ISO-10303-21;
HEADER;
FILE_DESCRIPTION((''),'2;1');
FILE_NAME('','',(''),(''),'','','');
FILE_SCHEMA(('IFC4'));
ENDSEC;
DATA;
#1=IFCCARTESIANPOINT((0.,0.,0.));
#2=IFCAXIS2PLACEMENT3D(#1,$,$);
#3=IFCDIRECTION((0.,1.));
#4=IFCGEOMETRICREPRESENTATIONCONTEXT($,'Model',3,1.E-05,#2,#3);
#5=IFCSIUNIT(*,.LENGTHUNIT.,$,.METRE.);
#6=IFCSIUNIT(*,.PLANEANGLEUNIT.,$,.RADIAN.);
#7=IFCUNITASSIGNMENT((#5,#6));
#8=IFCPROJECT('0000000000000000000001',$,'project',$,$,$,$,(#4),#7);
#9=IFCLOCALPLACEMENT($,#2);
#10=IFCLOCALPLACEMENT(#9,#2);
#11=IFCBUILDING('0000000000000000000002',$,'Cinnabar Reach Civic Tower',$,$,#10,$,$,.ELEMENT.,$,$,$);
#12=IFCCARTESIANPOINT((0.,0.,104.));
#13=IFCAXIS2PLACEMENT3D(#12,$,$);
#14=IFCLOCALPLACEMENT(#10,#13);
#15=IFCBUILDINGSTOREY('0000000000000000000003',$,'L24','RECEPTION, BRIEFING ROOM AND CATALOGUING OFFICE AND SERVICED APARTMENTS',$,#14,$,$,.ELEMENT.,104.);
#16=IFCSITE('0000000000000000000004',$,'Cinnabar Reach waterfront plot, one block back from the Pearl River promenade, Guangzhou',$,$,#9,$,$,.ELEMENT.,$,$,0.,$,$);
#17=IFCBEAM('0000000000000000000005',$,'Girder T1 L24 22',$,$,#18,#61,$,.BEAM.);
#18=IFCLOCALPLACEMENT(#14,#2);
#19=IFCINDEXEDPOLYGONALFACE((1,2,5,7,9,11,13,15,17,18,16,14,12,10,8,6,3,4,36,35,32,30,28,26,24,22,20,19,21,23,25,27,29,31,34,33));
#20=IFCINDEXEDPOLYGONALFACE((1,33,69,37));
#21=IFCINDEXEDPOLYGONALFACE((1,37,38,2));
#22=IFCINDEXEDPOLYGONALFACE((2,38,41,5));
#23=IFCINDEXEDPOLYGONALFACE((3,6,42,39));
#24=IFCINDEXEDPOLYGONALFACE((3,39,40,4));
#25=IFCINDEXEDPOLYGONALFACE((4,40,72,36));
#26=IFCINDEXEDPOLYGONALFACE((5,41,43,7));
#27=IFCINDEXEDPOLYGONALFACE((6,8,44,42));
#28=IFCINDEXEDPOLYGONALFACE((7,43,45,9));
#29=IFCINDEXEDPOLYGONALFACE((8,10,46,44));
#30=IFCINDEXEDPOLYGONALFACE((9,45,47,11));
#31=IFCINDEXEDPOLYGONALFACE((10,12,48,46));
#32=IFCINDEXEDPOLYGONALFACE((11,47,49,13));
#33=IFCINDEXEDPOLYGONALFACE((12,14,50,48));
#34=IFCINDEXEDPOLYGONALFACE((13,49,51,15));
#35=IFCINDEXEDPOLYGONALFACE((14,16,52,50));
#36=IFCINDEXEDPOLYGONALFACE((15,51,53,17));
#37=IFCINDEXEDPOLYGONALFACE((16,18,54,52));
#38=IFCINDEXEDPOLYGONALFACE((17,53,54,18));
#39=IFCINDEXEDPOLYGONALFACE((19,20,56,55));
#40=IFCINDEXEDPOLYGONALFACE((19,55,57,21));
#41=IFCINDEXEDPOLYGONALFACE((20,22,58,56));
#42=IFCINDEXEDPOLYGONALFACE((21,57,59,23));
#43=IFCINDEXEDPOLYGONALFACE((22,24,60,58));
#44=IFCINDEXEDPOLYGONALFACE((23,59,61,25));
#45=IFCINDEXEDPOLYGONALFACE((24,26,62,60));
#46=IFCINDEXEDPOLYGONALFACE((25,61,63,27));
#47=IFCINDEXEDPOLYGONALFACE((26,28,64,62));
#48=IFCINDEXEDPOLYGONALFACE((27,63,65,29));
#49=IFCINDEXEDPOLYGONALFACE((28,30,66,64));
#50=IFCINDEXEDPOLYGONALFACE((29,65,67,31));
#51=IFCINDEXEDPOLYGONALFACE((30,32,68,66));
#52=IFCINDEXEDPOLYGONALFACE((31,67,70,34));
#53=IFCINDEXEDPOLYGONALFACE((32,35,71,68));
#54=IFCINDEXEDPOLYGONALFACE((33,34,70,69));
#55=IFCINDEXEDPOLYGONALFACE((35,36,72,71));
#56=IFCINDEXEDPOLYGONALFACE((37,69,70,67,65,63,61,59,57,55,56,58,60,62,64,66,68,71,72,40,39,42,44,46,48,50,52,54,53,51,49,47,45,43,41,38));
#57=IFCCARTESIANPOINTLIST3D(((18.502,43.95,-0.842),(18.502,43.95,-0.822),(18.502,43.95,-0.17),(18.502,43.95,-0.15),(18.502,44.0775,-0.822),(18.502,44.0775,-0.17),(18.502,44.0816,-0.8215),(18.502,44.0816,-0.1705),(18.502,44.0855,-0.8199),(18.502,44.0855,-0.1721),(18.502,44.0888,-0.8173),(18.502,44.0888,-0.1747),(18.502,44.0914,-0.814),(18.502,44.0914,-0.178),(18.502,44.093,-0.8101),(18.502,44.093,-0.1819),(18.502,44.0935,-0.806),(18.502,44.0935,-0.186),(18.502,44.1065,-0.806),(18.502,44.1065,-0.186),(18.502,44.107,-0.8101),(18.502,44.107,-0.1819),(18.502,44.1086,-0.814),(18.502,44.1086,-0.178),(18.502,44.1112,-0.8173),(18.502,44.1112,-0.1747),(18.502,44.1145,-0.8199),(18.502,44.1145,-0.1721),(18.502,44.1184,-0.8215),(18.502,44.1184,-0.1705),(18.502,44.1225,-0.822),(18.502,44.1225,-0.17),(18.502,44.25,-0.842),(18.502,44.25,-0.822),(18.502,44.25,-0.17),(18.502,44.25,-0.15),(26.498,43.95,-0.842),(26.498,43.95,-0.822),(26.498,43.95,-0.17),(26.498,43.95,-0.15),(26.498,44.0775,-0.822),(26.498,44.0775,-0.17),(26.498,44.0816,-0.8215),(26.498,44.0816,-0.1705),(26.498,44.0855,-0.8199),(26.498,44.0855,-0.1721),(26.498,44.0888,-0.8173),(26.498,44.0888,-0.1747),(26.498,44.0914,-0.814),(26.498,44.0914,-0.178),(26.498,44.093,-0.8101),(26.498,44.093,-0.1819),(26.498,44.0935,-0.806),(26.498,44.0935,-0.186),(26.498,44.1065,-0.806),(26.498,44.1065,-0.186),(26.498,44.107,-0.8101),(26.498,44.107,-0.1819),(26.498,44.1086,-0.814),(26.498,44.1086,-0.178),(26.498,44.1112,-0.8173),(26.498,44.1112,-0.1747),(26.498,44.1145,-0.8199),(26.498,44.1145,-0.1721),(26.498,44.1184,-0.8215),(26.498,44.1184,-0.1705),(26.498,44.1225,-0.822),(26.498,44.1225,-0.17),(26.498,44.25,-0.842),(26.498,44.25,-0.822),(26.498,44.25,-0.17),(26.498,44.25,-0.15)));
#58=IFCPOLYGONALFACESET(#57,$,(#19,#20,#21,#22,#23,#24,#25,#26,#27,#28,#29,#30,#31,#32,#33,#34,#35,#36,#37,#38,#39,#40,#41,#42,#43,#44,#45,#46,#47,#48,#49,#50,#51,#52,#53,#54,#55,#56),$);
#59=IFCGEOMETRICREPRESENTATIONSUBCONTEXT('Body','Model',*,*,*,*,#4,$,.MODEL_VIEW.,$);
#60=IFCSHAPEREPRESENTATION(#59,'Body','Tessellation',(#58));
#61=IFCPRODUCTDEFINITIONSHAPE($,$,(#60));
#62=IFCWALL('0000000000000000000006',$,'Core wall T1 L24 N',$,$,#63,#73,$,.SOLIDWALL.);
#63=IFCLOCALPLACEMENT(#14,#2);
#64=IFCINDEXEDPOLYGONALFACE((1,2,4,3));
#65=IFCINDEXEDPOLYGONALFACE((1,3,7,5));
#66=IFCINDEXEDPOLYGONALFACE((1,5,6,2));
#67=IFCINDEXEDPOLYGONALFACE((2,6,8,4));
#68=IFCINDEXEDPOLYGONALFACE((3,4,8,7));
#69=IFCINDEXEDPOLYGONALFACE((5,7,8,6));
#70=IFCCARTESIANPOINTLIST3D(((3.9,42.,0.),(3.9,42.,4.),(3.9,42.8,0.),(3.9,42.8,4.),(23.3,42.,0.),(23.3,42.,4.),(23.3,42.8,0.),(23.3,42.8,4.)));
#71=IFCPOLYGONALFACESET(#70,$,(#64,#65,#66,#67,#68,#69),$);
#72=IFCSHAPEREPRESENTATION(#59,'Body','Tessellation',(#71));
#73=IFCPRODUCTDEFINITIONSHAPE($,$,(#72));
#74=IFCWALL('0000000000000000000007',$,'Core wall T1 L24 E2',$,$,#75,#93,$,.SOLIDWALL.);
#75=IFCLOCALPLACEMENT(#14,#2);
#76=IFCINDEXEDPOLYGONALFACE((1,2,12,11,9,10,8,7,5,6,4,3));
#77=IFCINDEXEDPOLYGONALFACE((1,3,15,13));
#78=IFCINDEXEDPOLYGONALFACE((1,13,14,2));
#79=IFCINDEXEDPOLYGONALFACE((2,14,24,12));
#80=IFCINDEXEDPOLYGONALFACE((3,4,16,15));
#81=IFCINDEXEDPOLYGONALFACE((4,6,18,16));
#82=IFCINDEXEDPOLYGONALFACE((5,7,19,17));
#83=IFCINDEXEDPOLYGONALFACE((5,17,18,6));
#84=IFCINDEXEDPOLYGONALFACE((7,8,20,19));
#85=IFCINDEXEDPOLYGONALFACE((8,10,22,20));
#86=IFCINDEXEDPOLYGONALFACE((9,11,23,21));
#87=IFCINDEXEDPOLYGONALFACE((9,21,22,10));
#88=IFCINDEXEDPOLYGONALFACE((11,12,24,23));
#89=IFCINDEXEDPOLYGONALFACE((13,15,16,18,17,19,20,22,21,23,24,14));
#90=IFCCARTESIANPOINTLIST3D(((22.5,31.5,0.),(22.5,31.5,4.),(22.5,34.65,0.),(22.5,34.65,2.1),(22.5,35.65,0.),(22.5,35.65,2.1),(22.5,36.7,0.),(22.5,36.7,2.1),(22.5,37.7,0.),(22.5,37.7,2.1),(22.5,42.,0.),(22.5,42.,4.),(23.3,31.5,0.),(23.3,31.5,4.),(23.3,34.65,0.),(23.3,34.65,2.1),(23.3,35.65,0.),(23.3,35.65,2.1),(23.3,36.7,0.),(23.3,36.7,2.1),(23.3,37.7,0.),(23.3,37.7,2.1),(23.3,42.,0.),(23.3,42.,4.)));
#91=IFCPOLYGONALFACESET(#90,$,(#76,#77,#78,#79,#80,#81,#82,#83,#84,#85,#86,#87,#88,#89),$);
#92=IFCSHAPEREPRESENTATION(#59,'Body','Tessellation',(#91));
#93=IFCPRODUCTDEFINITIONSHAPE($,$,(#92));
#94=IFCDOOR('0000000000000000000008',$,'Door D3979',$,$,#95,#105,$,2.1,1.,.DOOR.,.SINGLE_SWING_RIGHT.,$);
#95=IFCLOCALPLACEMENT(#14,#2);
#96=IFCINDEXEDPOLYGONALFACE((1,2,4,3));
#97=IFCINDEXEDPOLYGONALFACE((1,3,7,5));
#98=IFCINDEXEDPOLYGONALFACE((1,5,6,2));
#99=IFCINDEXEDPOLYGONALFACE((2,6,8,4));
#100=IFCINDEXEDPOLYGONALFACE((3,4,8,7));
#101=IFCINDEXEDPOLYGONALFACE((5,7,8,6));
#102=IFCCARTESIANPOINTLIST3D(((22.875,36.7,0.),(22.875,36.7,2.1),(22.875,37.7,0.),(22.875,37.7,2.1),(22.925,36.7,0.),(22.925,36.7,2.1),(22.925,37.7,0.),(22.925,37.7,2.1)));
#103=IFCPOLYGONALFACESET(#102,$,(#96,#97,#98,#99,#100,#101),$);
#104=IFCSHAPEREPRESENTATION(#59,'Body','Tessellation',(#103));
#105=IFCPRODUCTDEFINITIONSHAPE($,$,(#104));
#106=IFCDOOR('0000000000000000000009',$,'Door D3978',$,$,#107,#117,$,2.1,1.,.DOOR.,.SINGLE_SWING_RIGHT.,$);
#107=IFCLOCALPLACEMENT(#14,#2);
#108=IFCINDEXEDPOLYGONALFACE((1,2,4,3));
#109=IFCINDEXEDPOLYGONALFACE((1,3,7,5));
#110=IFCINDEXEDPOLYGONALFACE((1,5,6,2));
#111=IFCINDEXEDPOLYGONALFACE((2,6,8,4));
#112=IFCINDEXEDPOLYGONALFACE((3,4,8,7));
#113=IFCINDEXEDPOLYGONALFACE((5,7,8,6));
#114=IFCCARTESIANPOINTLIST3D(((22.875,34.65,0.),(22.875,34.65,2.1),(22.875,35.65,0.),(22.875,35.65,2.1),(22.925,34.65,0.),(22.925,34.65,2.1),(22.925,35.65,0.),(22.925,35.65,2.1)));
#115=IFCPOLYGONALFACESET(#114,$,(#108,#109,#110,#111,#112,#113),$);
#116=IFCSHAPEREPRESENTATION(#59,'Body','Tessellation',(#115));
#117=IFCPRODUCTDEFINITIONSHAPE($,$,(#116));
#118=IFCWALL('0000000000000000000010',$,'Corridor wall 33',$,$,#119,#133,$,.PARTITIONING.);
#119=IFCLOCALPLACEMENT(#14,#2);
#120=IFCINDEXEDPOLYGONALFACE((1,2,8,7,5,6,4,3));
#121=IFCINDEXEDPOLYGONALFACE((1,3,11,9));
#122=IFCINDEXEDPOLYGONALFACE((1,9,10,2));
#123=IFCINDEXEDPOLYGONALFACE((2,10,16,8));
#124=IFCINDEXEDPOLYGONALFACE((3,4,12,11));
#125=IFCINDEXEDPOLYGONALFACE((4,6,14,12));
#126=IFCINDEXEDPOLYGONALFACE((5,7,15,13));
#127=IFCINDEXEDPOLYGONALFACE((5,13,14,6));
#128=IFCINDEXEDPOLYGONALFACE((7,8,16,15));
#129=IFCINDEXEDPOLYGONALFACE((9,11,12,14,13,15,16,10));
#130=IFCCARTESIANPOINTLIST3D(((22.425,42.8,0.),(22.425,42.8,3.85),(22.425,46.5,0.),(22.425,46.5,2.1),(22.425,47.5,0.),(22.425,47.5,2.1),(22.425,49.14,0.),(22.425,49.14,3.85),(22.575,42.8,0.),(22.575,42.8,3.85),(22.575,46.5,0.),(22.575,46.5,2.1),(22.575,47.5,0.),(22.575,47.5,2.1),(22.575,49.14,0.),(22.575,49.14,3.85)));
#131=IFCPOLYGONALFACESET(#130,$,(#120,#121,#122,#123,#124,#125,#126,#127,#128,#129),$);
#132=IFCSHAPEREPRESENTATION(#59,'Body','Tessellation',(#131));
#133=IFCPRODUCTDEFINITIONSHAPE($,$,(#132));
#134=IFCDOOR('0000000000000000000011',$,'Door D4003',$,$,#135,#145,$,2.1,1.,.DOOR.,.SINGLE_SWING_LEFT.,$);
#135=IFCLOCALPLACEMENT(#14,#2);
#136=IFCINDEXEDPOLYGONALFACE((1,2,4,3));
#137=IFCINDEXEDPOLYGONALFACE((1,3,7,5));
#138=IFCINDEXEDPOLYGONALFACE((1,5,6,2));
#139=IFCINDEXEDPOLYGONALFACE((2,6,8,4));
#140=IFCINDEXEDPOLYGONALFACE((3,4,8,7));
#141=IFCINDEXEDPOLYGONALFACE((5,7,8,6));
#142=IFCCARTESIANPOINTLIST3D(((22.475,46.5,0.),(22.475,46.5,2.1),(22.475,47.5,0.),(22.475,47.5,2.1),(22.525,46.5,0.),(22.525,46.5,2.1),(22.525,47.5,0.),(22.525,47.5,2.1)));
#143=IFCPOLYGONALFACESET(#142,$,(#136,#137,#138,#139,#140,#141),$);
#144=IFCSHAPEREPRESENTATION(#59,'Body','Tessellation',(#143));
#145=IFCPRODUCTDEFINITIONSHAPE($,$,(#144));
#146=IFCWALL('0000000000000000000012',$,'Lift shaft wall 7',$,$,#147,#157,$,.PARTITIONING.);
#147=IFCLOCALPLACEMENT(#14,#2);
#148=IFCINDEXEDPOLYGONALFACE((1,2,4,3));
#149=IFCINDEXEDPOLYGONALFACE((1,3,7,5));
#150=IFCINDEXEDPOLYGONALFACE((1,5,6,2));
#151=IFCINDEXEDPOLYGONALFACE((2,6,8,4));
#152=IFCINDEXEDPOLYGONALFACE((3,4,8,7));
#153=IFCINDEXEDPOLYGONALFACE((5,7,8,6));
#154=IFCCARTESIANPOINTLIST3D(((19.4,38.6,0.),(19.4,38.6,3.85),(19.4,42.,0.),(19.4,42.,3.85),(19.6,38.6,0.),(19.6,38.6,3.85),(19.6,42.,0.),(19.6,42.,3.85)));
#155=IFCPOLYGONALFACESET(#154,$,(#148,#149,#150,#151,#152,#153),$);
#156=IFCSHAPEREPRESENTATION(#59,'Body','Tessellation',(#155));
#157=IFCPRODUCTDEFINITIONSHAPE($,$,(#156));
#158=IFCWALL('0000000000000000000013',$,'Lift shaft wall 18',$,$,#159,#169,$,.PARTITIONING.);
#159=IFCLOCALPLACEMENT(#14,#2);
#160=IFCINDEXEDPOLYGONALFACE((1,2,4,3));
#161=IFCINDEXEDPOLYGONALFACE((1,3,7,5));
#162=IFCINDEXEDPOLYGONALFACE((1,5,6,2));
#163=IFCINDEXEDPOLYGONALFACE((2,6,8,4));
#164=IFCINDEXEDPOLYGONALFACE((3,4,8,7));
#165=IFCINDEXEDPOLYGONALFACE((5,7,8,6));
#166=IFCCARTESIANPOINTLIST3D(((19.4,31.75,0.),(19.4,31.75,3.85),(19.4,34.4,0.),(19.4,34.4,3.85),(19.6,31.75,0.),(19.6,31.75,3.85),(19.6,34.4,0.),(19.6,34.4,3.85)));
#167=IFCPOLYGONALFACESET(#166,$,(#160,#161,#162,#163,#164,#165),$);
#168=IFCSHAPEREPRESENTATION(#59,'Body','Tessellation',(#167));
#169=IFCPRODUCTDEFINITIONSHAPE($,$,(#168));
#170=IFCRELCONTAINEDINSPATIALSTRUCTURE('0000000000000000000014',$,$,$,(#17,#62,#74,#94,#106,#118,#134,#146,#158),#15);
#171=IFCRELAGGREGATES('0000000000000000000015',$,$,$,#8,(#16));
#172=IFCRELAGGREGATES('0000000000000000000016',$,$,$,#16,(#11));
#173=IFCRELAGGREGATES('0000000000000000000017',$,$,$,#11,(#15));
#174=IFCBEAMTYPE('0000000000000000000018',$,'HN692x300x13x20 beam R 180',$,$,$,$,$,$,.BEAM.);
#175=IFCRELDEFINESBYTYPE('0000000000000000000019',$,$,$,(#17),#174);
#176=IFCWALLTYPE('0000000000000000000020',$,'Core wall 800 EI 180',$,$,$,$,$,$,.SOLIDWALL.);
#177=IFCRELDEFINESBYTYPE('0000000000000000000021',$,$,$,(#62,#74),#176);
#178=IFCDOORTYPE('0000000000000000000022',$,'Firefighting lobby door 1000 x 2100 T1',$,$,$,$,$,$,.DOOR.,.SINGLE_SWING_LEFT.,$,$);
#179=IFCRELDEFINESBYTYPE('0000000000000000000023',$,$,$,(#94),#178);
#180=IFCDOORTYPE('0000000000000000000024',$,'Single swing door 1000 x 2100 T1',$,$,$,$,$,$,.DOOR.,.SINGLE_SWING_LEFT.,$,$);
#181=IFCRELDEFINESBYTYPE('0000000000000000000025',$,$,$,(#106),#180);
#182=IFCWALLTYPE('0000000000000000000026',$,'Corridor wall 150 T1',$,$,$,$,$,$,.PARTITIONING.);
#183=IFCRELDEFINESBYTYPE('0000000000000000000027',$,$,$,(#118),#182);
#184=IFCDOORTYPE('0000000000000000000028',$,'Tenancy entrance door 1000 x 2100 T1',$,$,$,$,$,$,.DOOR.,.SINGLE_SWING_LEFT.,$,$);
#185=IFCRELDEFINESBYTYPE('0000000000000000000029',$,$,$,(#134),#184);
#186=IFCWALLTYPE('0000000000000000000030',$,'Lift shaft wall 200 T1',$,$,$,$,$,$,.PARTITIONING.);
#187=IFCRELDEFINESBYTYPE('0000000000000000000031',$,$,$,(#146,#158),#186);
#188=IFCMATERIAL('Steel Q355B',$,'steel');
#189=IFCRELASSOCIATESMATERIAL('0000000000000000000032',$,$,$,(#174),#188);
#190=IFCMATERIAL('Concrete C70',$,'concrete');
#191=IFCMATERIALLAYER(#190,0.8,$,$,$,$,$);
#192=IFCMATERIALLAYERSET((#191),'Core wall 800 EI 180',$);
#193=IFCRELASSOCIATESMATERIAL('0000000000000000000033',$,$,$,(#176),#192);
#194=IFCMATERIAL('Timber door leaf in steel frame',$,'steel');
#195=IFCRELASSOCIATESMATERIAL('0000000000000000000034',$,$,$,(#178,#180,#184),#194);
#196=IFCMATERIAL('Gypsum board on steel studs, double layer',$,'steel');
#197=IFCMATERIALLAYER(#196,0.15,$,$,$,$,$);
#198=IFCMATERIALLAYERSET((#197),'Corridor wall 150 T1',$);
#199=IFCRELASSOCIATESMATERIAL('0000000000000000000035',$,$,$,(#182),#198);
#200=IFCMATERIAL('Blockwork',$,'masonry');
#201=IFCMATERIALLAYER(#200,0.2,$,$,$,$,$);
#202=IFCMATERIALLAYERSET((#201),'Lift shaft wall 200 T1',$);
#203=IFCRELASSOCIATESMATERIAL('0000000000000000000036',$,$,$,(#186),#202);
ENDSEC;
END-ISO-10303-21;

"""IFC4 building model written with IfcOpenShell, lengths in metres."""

from ifc_helpers import new_model, si_unit, direction, frame, frame_2d, origin, origin_2d, place, context, subcontext, project, spatial, rectangle, i_section, extrude, material, layer, layer_set, material_profile, profile_set, type_object, element, fill, save


model = new_model("IFC4")

# Units and contexts
model_context = context("Model", 3, precision=1e-05, world=origin(), true_north=direction((0.0, 1.0)))
body_context = subcontext(model_context, "Body", "Model", "MODEL_VIEW")
ifc_project = project(units=[si_unit("LENGTHUNIT", "METRE"), si_unit("PLANEANGLEUNIT", "RADIAN")], contexts=[model_context])

# Site, building, storey
site_placement = place(None, origin())
site = spatial("IfcSite", under=ifc_project, at=site_placement, Name="Cinnabar Reach waterfront plot, one block back from the Pearl River promenade, Guangzhou", CompositionType="ELEMENT", RefElevation=0.0)
building_placement = place(site_placement, origin())
building = spatial("IfcBuilding", under=site, at=building_placement, Name="Cinnabar Reach Civic Tower", CompositionType="ELEMENT")
storey_placement = place(building_placement, frame((0.0, 0.0, 104.0)))
storey = spatial("IfcBuildingStorey", under=building, at=storey_placement, Name="L24", Description="RECEPTION, BRIEFING ROOM AND CATALOGUING OFFICE AND SERVICED APARTMENTS", CompositionType="ELEMENT", Elevation=104.0)

# Shared definitions
ifc_material_1 = material(Name="Concrete C70", Category="concrete")

# Beam
ifc_material_2 = material(Name="Steel Q355B", Category="steel")
ifc_material_profile_1 = material_profile(ifc_material_2, i_section(OverallWidth=0.3, OverallDepth=0.692, WebThickness=0.013, FlangeThickness=0.02, FilletRadius=0.016, at=origin_2d()), Name="HN692x300x13x20")
ifc_profile_set_1 = profile_set([ifc_material_profile_1], Name="Steel Q355B")
beam_type_1 = type_object("IfcBeamType", Name="HN692x300x13x20 beam R 180", PredefinedType="BEAM", material=ifc_profile_set_1)
beam_1_placement = place(storey_placement, frame((18.502, 44.1, -0.496), z_axis=(1.0, 0.0, 0.0), x_axis=(0.0, 1.0, 0.0)))
element("IfcBeam", 1, at=beam_1_placement, inside=storey, type_object=beam_type_1, Name="Girder T1 L24 22", PredefinedType="BEAM", context=body_context, shape_type="SweptSolid", body=[
    extrude(i_section(OverallWidth=0.3, OverallDepth=0.692, WebThickness=0.013, FlangeThickness=0.02, FilletRadius=0.016, at=origin_2d()), origin(), (0.0, 0.0, 1.0), 7.996),
])

# Wall
ifc_layer_1 = layer(ifc_material_1, 0.8)
ifc_layer_set_1 = layer_set([ifc_layer_1], Name="Core wall 800 EI 180")
wall_type_1 = type_object("IfcWallType", Name="Core wall 800 EI 180", PredefinedType="SOLIDWALL", material=ifc_layer_set_1)
wall_1_placement = place(storey_placement, frame((23.3, 42.4, 0.0), z_axis=(0.0, 0.0, 1.0), x_axis=(-1.0, 0.0, 0.0)))
element("IfcWall", 2, at=wall_1_placement, inside=storey, type_object=wall_type_1, Name="Core wall T1 L24 N", PredefinedType="SOLIDWALL", context=body_context, shape_type="SweptSolid", body=[
    extrude(rectangle(XDim=19.4, YDim=0.8, at=frame_2d((9.7, 0.0))), origin(), (0.0, 0.0, 1.0), 4.0),
])

# Wall, openings, doors
wall_2_placement = place(storey_placement, frame((22.9, 31.5, 0.0), z_axis=(0.0, 0.0, 1.0), x_axis=(0.0, 1.0, 0.0)))
wall_2 = element("IfcWall", 3, at=wall_2_placement, inside=storey, type_object=wall_type_1, Name="Core wall T1 L24 E2", PredefinedType="SOLIDWALL", context=body_context, shape_type="SweptSolid", body=[
    extrude(rectangle(XDim=10.5, YDim=0.8, at=frame_2d((5.25, 0.0))), origin(), (0.0, 0.0, 1.0), 4.0),
])
opening_1_placement = place(wall_2_placement, frame((3.15, 0.0, 0.0)))
opening_1 = element("IfcOpeningElement", 4, at=opening_1_placement, cuts=wall_2, PredefinedType="OPENING", context=body_context, shape_type="SweptSolid", body=[
    extrude(rectangle(XDim=1.0, YDim=2.1, at=frame_2d((0.5, 1.05))), frame((0.0, 0.41, 0.0), z_axis=(0.0, -1.0, 0.0), x_axis=(1.0, 0.0, 0.0)), (0.0, 0.0, 1.0), 0.82),
])
opening_2_placement = place(wall_2_placement, frame((5.2, 0.0, 0.0)))
opening_2 = element("IfcOpeningElement", 5, at=opening_2_placement, cuts=wall_2, PredefinedType="OPENING", context=body_context, shape_type="SweptSolid", body=[
    extrude(rectangle(XDim=1.0, YDim=2.1, at=frame_2d((0.5, 1.05))), frame((0.0, 0.41, 0.0), z_axis=(0.0, -1.0, 0.0), x_axis=(1.0, 0.0, 0.0)), (0.0, 0.0, 1.0), 0.82),
])
ifc_material_3 = material(Name="Timber door leaf in steel frame", Category="steel")
door_type_1 = type_object("IfcDoorType", Name="Firefighting lobby door 1000 x 2100 T1", OperationType="SINGLE_SWING_LEFT", PredefinedType="DOOR", material=ifc_material_3)
door_1_placement = place(opening_2_placement, origin())
door_1 = element("IfcDoor", 6, at=door_1_placement, inside=storey, type_object=door_type_1, Name="Door D3979", OperationType="SINGLE_SWING_RIGHT", OverallHeight=2.1, OverallWidth=1.0, PredefinedType="DOOR", context=body_context, shape_type="SweptSolid", body=[
    extrude(rectangle(XDim=1.0, YDim=2.1, at=frame_2d((0.5, 1.05))), frame((0.0, 0.025, 0.0), z_axis=(0.0, -1.0, 0.0), x_axis=(1.0, 0.0, 0.0)), (0.0, 0.0, 1.0), 0.05),
])
fill(opening_2, door_1)
door_type_2 = type_object("IfcDoorType", Name="Single swing door 1000 x 2100 T1", OperationType="SINGLE_SWING_LEFT", PredefinedType="DOOR", material=ifc_material_3)
door_2_placement = place(opening_1_placement, origin())
door_2 = element("IfcDoor", 7, at=door_2_placement, inside=storey, type_object=door_type_2, Name="Door D3978", OperationType="SINGLE_SWING_RIGHT", OverallHeight=2.1, OverallWidth=1.0, PredefinedType="DOOR", context=body_context, shape_type="SweptSolid", body=[
    extrude(rectangle(XDim=1.0, YDim=2.1, at=frame_2d((0.5, 1.05))), frame((0.0, 0.025, 0.0), z_axis=(0.0, -1.0, 0.0), x_axis=(1.0, 0.0, 0.0)), (0.0, 0.0, 1.0), 0.05),
])
fill(opening_1, door_2)

# Wall, opening, door
ifc_material_4 = material(Name="Gypsum board on steel studs, double layer", Category="steel")
ifc_layer_2 = layer(ifc_material_4, 0.15)
ifc_layer_set_2 = layer_set([ifc_layer_2], Name="Corridor wall 150 T1")
wall_type_2 = type_object("IfcWallType", Name="Corridor wall 150 T1", PredefinedType="PARTITIONING", material=ifc_layer_set_2)
wall_3_placement = place(storey_placement, frame((22.5, 42.8, 0.0), z_axis=(0.0, 0.0, 1.0), x_axis=(0.0, 1.0, 0.0)))
wall_3 = element("IfcWall", 8, at=wall_3_placement, inside=storey, type_object=wall_type_2, Name="Corridor wall 33", PredefinedType="PARTITIONING", context=body_context, shape_type="SweptSolid", body=[
    extrude(rectangle(XDim=6.34, YDim=0.15, at=frame_2d((3.17, 0.0))), origin(), (0.0, 0.0, 1.0), 3.85),
])
opening_3_placement = place(wall_3_placement, frame((3.7, 0.0, 0.0)))
opening_3 = element("IfcOpeningElement", 9, at=opening_3_placement, cuts=wall_3, PredefinedType="OPENING", context=body_context, shape_type="SweptSolid", body=[
    extrude(rectangle(XDim=1.0, YDim=2.1, at=frame_2d((0.5, 1.05))), frame((0.0, 0.085, 0.0), z_axis=(0.0, -1.0, 0.0), x_axis=(1.0, 0.0, 0.0)), (0.0, 0.0, 1.0), 0.17),
])
door_type_3 = type_object("IfcDoorType", Name="Tenancy entrance door 1000 x 2100 T1", OperationType="SINGLE_SWING_LEFT", PredefinedType="DOOR", material=ifc_material_3)
door_3_placement = place(opening_3_placement, origin())
door_3 = element("IfcDoor", 10, at=door_3_placement, inside=storey, type_object=door_type_3, Name="Door D4003", OperationType="SINGLE_SWING_LEFT", OverallHeight=2.1, OverallWidth=1.0, PredefinedType="DOOR", context=body_context, shape_type="SweptSolid", body=[
    extrude(rectangle(XDim=1.0, YDim=2.1, at=frame_2d((0.5, 1.05))), frame((0.0, 0.025, 0.0), z_axis=(0.0, -1.0, 0.0), x_axis=(1.0, 0.0, 0.0)), (0.0, 0.0, 1.0), 0.05),
])
fill(opening_3, door_3)

# Walls
ifc_material_5 = material(Name="Blockwork", Category="masonry")
ifc_layer_3 = layer(ifc_material_5, 0.2)
ifc_layer_set_3 = layer_set([ifc_layer_3], Name="Lift shaft wall 200 T1")
wall_type_3 = type_object("IfcWallType", Name="Lift shaft wall 200 T1", PredefinedType="PARTITIONING", material=ifc_layer_set_3)
wall_4_placement = place(storey_placement, frame((19.5, 38.6, 0.0), z_axis=(0.0, 0.0, 1.0), x_axis=(0.0, 1.0, 0.0)))
element("IfcWall", 11, at=wall_4_placement, inside=storey, type_object=wall_type_3, Name="Lift shaft wall 7", PredefinedType="PARTITIONING", context=body_context, shape_type="SweptSolid", body=[
    extrude(rectangle(XDim=3.4, YDim=0.2, at=frame_2d((1.7, 0.0))), origin(), (0.0, 0.0, 1.0), 3.85),
])
wall_5_placement = place(storey_placement, frame((19.5, 31.75, 0.0), z_axis=(0.0, 0.0, 1.0), x_axis=(0.0, 1.0, 0.0)))
element("IfcWall", 12, at=wall_5_placement, inside=storey, type_object=wall_type_3, Name="Lift shaft wall 18", PredefinedType="PARTITIONING", context=body_context, shape_type="SweptSolid", body=[
    extrude(rectangle(XDim=2.65, YDim=0.2, at=frame_2d((1.325, 0.0))), origin(), (0.0, 0.0, 1.0), 3.85),
])

save(model, "model.ifc")
